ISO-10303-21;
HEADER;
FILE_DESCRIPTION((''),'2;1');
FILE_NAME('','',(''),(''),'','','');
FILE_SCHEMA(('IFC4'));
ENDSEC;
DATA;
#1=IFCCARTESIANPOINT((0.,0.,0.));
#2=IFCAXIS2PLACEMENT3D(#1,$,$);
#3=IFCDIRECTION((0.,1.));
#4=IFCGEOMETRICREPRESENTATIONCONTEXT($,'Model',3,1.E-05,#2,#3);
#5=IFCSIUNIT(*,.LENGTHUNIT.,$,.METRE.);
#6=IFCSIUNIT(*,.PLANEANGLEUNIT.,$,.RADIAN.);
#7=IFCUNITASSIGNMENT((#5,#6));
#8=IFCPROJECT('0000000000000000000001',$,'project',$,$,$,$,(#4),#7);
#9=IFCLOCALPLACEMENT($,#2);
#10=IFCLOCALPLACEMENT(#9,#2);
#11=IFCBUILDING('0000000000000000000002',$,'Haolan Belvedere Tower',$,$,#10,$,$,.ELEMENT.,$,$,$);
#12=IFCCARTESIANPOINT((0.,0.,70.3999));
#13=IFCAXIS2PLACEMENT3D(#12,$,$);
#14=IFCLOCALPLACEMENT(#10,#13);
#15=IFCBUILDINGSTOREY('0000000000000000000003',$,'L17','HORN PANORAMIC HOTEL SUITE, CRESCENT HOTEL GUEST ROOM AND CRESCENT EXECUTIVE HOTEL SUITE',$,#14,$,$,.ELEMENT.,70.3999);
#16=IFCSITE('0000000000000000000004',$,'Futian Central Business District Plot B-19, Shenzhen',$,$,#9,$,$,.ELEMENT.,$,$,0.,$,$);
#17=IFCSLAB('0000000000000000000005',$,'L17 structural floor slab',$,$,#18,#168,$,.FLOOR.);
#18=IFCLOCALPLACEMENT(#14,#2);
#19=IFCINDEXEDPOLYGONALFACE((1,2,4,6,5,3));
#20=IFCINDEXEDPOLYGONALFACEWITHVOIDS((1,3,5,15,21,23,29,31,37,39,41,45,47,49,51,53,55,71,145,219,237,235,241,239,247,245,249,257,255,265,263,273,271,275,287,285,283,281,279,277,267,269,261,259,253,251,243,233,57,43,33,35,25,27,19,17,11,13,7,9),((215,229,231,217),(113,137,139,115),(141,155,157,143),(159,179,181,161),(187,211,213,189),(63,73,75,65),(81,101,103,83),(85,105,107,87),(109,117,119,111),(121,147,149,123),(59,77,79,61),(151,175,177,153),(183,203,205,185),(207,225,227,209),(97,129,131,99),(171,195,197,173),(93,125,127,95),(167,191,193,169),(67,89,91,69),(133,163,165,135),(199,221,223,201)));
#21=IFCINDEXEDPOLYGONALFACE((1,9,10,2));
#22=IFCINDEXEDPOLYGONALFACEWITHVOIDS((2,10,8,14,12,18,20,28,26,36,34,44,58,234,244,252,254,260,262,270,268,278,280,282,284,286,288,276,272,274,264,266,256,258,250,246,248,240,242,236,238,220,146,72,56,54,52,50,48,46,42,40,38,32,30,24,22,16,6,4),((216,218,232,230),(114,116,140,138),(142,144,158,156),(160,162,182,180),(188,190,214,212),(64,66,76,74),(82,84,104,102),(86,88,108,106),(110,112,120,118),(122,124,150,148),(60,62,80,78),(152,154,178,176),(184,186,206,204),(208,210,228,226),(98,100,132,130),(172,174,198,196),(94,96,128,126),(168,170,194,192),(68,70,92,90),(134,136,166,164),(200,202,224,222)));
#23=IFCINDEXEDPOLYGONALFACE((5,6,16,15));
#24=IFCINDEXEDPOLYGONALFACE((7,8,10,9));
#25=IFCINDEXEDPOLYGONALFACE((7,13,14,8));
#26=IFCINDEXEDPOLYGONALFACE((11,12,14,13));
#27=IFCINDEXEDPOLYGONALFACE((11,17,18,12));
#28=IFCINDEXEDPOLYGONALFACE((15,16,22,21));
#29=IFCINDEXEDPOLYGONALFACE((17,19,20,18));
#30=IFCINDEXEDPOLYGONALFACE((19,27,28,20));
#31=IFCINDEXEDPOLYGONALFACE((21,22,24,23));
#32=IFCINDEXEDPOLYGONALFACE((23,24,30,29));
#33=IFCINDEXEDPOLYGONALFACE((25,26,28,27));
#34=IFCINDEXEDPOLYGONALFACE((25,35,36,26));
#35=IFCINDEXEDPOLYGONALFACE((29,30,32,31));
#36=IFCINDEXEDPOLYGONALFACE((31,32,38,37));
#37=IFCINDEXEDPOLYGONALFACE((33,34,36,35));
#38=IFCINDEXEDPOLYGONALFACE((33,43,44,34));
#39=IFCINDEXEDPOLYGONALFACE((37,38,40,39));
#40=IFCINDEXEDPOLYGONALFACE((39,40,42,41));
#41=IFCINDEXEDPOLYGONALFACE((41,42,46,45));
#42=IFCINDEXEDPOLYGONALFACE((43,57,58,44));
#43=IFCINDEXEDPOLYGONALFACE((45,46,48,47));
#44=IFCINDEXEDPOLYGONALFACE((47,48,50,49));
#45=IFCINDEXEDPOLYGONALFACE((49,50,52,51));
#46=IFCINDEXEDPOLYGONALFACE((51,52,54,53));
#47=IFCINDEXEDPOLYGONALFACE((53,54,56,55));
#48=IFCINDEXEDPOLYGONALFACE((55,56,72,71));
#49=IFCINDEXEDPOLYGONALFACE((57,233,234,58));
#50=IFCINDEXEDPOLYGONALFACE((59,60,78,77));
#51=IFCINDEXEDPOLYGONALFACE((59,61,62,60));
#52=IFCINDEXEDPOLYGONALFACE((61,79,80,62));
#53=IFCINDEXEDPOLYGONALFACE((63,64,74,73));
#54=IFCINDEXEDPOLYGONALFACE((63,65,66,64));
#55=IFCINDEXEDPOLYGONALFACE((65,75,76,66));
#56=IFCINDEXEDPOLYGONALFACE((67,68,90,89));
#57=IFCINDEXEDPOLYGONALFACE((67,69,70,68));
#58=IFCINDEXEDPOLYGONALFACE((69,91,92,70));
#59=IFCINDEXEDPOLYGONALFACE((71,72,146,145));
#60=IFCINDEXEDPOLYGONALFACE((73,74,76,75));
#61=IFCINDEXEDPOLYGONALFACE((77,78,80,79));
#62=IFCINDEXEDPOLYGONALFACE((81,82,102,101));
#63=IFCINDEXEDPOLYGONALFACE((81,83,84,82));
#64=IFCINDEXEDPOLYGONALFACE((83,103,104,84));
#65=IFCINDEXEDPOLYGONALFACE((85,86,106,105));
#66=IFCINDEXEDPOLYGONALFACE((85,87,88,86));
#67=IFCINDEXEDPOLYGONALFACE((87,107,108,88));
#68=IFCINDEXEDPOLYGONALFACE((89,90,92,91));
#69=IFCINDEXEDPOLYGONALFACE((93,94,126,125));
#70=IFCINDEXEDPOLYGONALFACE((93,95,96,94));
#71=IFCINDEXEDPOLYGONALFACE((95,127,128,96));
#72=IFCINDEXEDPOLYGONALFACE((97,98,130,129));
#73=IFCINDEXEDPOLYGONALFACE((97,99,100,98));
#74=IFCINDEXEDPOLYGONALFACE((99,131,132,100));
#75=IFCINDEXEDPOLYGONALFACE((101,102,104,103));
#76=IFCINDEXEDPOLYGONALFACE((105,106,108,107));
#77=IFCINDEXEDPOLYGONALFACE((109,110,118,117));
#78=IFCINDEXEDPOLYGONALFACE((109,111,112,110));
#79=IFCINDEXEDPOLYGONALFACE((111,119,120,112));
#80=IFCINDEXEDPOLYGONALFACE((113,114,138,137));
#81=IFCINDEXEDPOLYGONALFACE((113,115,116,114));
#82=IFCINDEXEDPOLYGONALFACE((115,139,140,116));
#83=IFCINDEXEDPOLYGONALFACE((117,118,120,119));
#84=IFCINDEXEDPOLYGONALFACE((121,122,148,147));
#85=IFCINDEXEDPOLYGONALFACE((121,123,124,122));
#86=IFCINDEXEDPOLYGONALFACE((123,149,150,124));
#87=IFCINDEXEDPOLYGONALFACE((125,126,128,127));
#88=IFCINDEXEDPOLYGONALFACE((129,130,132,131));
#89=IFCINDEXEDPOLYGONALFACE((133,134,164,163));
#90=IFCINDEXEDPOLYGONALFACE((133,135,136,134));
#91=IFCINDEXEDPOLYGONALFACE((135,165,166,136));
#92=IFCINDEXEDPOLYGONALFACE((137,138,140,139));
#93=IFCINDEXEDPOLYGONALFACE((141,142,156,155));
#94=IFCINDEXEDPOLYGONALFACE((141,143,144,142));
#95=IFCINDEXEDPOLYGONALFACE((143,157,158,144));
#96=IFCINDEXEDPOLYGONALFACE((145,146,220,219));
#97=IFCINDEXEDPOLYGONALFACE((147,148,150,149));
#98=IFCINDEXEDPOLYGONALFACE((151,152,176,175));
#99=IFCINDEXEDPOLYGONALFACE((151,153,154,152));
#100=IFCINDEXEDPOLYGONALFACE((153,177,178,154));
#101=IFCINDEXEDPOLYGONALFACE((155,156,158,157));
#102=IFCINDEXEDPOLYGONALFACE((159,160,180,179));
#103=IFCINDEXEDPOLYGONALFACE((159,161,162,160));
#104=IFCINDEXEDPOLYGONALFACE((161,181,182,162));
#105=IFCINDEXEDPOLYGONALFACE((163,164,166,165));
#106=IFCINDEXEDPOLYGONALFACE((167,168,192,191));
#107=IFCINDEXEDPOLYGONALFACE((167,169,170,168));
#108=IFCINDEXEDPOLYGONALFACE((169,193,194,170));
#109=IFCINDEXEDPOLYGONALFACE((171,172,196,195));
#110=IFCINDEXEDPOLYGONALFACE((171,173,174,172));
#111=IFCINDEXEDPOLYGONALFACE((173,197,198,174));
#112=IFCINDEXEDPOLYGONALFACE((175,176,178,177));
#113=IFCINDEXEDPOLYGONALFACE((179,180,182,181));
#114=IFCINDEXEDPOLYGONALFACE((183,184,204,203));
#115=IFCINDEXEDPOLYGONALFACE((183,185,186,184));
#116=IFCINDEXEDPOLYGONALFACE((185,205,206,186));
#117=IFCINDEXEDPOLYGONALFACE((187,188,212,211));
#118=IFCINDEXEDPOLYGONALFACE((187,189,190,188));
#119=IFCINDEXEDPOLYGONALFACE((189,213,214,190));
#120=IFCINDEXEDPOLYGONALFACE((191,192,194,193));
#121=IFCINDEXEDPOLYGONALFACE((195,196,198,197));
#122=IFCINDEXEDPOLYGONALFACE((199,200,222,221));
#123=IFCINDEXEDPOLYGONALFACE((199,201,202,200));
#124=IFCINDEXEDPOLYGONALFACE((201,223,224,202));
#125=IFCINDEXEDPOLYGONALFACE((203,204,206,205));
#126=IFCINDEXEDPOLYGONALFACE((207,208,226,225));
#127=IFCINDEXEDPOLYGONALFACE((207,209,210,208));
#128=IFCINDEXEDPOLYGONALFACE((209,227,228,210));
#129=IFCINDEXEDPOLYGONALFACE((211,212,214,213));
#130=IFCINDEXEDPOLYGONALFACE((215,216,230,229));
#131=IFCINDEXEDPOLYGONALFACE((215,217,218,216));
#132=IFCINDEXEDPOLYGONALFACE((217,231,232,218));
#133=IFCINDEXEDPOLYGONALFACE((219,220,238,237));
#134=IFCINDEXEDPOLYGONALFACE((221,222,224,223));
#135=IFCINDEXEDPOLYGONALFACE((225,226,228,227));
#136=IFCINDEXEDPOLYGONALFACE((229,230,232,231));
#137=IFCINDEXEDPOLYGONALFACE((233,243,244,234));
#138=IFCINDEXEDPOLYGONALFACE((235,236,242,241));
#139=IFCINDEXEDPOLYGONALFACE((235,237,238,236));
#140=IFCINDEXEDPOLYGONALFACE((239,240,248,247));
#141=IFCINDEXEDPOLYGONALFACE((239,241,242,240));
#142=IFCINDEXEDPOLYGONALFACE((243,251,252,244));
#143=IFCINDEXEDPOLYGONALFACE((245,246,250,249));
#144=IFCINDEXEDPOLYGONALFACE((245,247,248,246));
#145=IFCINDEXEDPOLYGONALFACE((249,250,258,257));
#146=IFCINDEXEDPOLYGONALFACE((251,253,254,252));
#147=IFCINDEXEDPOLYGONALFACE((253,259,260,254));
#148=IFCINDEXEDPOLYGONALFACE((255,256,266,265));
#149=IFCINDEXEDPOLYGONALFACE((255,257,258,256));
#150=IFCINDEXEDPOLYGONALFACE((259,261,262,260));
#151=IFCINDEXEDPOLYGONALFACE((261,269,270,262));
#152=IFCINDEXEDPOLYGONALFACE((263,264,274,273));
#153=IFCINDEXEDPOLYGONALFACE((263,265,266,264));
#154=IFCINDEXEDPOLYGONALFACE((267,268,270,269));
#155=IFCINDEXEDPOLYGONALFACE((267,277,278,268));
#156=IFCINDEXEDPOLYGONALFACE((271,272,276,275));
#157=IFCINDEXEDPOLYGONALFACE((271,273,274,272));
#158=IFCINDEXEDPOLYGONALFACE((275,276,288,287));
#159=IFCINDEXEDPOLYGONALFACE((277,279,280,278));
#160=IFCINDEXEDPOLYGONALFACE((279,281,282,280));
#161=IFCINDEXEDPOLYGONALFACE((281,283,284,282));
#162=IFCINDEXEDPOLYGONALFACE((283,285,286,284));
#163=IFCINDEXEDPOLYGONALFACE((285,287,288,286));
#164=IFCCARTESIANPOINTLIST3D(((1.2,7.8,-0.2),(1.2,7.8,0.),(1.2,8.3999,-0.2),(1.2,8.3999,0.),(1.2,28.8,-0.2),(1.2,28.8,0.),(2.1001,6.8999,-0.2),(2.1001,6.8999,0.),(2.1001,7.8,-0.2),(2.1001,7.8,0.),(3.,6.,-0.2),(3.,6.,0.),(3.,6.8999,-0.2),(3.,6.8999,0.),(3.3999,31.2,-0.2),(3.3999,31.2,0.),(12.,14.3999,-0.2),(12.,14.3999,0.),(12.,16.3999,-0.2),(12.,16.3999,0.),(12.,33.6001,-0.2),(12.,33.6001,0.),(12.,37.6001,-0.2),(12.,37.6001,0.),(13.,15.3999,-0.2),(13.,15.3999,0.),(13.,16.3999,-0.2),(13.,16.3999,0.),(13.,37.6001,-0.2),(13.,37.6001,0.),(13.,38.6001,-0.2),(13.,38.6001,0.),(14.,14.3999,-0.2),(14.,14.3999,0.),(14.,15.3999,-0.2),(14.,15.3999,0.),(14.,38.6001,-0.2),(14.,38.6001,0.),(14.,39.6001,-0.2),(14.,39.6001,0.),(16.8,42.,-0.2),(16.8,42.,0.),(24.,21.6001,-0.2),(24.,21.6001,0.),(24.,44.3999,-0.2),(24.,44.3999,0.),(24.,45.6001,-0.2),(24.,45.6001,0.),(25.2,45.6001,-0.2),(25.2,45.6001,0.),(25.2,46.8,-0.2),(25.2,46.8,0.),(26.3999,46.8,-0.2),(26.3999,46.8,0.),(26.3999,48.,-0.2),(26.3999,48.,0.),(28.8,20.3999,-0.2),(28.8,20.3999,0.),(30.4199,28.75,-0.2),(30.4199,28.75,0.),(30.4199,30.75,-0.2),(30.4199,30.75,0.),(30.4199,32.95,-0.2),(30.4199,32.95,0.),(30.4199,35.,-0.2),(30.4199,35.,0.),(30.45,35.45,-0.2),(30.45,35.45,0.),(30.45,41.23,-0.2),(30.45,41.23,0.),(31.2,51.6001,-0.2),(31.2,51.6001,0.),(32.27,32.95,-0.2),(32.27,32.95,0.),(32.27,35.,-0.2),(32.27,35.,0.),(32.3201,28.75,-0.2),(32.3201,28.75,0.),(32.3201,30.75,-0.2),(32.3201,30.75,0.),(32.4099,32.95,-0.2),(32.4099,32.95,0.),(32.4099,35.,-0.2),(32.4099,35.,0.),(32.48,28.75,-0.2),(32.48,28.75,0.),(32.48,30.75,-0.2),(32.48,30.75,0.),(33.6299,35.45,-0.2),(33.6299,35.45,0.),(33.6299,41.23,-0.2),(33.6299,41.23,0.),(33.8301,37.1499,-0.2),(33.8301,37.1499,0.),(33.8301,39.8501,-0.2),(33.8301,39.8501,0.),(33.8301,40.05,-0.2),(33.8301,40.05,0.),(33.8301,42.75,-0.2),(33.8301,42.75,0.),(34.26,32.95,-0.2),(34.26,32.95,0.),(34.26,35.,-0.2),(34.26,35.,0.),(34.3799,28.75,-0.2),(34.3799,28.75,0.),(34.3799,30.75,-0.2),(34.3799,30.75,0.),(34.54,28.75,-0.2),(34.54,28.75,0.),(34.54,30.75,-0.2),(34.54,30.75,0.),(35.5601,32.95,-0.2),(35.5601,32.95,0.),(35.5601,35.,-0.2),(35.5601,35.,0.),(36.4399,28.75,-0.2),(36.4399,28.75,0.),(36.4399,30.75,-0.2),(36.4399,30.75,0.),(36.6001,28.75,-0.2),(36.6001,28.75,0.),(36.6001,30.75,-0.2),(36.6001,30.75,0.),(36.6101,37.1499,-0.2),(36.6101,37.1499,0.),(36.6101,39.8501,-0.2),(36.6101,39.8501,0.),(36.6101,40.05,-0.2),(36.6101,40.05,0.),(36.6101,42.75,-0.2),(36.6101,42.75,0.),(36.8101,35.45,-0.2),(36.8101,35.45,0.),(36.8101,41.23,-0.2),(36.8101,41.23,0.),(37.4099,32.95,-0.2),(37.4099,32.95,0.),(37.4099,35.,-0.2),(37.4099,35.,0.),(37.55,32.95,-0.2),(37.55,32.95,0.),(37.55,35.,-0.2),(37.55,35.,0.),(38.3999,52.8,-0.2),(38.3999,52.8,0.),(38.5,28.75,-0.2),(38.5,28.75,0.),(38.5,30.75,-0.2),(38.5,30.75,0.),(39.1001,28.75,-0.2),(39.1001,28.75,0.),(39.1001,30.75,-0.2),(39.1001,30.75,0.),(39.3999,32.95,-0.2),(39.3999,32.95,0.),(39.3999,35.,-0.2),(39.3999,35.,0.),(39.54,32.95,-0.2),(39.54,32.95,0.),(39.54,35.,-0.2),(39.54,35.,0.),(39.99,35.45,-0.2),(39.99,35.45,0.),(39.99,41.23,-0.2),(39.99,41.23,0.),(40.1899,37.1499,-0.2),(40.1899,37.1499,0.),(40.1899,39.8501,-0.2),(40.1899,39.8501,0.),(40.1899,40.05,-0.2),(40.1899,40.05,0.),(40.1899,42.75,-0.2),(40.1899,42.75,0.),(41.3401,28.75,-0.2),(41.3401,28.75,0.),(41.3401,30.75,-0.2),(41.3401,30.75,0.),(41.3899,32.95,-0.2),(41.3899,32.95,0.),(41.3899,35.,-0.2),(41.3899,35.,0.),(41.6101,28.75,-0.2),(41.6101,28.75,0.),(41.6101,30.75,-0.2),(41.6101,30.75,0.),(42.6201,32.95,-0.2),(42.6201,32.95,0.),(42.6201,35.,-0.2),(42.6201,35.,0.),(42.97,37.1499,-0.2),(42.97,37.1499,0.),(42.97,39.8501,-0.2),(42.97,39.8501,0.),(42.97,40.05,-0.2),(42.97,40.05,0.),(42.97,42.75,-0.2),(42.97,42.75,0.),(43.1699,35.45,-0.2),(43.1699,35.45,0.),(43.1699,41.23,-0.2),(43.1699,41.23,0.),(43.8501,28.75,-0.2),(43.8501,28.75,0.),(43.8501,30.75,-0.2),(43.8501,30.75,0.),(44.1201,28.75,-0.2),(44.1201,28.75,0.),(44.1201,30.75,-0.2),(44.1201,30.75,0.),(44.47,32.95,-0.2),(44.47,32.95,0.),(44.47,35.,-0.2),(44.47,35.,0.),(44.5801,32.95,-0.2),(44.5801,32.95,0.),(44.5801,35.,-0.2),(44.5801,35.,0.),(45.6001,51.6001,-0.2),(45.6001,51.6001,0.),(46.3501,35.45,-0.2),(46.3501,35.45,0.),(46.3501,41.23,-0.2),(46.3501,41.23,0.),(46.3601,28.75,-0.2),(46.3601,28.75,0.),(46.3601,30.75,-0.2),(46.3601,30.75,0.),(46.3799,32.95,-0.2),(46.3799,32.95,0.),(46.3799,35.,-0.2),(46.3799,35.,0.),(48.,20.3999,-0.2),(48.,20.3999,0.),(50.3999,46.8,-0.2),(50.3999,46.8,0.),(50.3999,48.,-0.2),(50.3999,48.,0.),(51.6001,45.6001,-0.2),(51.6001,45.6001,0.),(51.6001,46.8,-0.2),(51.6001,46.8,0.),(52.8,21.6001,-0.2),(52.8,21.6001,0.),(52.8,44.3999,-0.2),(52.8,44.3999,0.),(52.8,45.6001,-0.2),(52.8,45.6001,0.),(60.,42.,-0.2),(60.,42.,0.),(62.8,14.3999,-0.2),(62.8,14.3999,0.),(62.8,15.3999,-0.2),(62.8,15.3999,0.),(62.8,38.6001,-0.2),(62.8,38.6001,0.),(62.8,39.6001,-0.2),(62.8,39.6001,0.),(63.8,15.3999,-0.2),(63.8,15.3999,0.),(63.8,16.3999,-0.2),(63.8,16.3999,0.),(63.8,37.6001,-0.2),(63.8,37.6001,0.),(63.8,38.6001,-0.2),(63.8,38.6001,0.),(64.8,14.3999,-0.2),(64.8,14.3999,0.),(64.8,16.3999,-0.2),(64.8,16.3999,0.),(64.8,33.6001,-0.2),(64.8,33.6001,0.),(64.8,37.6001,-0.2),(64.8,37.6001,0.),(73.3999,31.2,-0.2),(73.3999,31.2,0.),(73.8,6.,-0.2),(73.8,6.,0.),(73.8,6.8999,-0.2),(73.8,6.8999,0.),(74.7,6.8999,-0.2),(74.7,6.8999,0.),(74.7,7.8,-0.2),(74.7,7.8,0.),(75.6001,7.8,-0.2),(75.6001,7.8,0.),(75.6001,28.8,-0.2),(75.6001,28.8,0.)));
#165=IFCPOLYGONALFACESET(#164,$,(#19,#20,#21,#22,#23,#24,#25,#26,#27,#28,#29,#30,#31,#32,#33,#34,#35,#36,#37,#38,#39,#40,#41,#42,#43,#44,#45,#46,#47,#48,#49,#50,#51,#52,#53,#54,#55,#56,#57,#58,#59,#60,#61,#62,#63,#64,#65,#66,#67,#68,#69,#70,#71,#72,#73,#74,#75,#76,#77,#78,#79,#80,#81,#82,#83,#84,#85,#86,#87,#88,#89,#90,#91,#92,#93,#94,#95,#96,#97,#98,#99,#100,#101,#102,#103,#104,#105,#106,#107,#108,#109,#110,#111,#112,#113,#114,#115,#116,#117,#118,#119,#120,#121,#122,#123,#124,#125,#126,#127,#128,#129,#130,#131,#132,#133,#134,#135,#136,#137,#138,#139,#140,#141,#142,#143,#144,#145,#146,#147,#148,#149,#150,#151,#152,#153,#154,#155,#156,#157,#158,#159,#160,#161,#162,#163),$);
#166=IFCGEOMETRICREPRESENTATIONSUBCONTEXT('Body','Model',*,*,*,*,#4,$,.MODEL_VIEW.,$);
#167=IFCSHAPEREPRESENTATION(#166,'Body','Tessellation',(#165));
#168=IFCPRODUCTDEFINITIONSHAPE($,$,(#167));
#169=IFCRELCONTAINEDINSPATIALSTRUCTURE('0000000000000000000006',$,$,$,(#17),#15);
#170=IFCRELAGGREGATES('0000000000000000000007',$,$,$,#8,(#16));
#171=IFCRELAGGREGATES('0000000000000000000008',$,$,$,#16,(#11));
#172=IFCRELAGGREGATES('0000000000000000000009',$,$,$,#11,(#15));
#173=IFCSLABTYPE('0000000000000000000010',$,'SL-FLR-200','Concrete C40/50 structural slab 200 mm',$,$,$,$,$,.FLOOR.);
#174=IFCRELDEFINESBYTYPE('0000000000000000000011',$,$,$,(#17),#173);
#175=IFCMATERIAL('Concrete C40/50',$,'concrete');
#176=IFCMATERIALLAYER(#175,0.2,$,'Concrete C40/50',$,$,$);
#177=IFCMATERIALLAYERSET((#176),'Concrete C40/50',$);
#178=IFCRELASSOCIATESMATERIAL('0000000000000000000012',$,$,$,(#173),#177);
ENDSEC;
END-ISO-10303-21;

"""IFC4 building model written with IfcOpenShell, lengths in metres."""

from ifc_helpers import new_model, si_unit, direction, frame, origin, place, context, subcontext, project, spatial, polyline, outline, extrude, material, layer, layer_set, type_object, element, save


model = new_model("IFC4")

# Units and contexts
model_context = context("Model", 3, precision=1e-05, world=origin(), true_north=direction((0.0, 1.0)))
body_context = subcontext(model_context, "Body", "Model", "MODEL_VIEW")
ifc_project = project(units=[si_unit("LENGTHUNIT", "METRE"), si_unit("PLANEANGLEUNIT", "RADIAN")], contexts=[model_context])

# Site, building, storey
site_placement = place(None, origin())
site = spatial("IfcSite", under=ifc_project, at=site_placement, Name="Futian Central Business District Plot B-19, Shenzhen", CompositionType="ELEMENT", RefElevation=0.0)
building_placement = place(site_placement, origin())
building = spatial("IfcBuilding", under=site, at=building_placement, Name="Haolan Belvedere Tower", CompositionType="ELEMENT")
storey_placement = place(building_placement, frame((0.0, 0.0, 70.3999)))
storey = spatial("IfcBuildingStorey", under=building, at=storey_placement, Name="L17", Description="HORN PANORAMIC HOTEL SUITE, CRESCENT HOTEL GUEST ROOM AND CRESCENT EXECUTIVE HOTEL SUITE", CompositionType="ELEMENT", Elevation=70.3999)

# Slab
ifc_material_1 = material(Name="Concrete C40/50", Category="concrete")
ifc_layer_1 = layer(ifc_material_1, 0.2, Name="Concrete C40/50")
ifc_layer_set_1 = layer_set([ifc_layer_1], Name="Concrete C40/50")
slab_type_1 = type_object("IfcSlabType", Name="SL-FLR-200", Description="Concrete C40/50 structural slab 200 mm", PredefinedType="FLOOR", material=ifc_layer_set_1)
slab_1_placement = place(storey_placement, frame((0.0, 0.0, -0.2)))
element("IfcSlab", 1, at=slab_1_placement, inside=storey, type_object=slab_type_1, Name="L17 structural floor slab", PredefinedType="FLOOR", context=body_context, shape_type="SweptSolid", body=[
    extrude(outline(polyline([(1.2, 28.8), (1.2, 8.3999), (1.2, 7.8), (2.1001, 7.8), (2.1001, 6.8999), (3.0, 6.8999), (3.0, 6.0), (12.0, 14.3999), (12.0, 16.3999), (13.0, 16.3999), (13.0, 15.3999), (14.0, 15.3999), (14.0, 14.3999), (24.0, 21.6001), (28.8, 20.3999), (48.0, 20.3999), (52.8, 21.6001), (62.8, 14.3999), (62.8, 15.3999), (63.8, 15.3999), (63.8, 16.3999), (64.8, 16.3999), (64.8, 14.3999), (73.8, 6.0), (73.8, 6.8999), (74.7, 6.8999), (74.7, 7.8), (75.6001, 7.8), (75.6001, 28.8), (73.3999, 31.2), (64.8, 33.6001), (64.8, 37.6001), (63.8, 37.6001), (63.8, 38.6001), (62.8, 38.6001), (62.8, 39.6001), (60.0, 42.0), (52.8, 44.3999), (52.8, 45.6001), (51.6001, 45.6001), (51.6001, 46.8), (50.3999, 46.8), (50.3999, 48.0), (45.6001, 51.6001), (38.3999, 52.8), (31.2, 51.6001), (26.3999, 48.0), (26.3999, 46.8), (25.2, 46.8), (25.2, 45.6001), (24.0, 45.6001), (24.0, 44.3999), (16.8, 42.0), (14.0, 39.6001), (14.0, 38.6001), (13.0, 38.6001), (13.0, 37.6001), (12.0, 37.6001), (12.0, 33.6001), (3.3999, 31.2), (1.2, 28.8)]), holes=[polyline([(30.45, 41.23), (30.45, 35.45), (33.6299, 35.45), (33.6299, 41.23), (30.45, 41.23)]), polyline([(36.8101, 41.23), (36.8101, 35.45), (39.99, 35.45), (39.99, 41.23), (36.8101, 41.23)]), polyline([(43.1699, 41.23), (43.1699, 35.45), (46.3501, 35.45), (46.3501, 41.23), (43.1699, 41.23)]), polyline([(33.8301, 40.05), (36.6101, 40.05), (36.6101, 42.75), (33.8301, 42.75), (33.8301, 40.05)]), polyline([(33.8301, 37.1499), (36.6101, 37.1499), (36.6101, 39.8501), (33.8301, 39.8501), (33.8301, 37.1499)]), polyline([(40.1899, 40.05), (42.97, 40.05), (42.97, 42.75), (40.1899, 42.75), (40.1899, 40.05)]), polyline([(40.1899, 37.1499), (42.97, 37.1499), (42.97, 39.8501), (40.1899, 39.8501), (40.1899, 37.1499)]), polyline([(30.4199, 32.95), (32.27, 32.95), (32.27, 35.0), (30.4199, 35.0), (30.4199, 32.95)]), polyline([(32.4099, 32.95), (34.26, 32.95), (34.26, 35.0), (32.4099, 35.0), (32.4099, 32.95)]), polyline([(35.5601, 32.95), (37.4099, 32.95), (37.4099, 35.0), (35.5601, 35.0), (35.5601, 32.95)]), polyline([(37.55, 32.95), (39.3999, 32.95), (39.3999, 35.0), (37.55, 35.0), (37.55, 32.95)]), polyline([(39.54, 32.95), (41.3899, 32.95), (41.3899, 35.0), (39.54, 35.0), (39.54, 32.95)]), polyline([(42.6201, 32.95), (44.47, 32.95), (44.47, 35.0), (42.6201, 35.0), (42.6201, 32.95)]), polyline([(44.5801, 32.95), (46.3799, 32.95), (46.3799, 35.0), (44.5801, 35.0), (44.5801, 32.95)]), polyline([(30.4199, 28.75), (32.3201, 28.75), (32.3201, 30.75), (30.4199, 30.75), (30.4199, 28.75)]), polyline([(32.48, 28.75), (34.3799, 28.75), (34.3799, 30.75), (32.48, 30.75), (32.48, 28.75)]), polyline([(34.54, 28.75), (36.4399, 28.75), (36.4399, 30.75), (34.54, 30.75), (34.54, 28.75)]), polyline([(36.6001, 28.75), (38.5, 28.75), (38.5, 30.75), (36.6001, 30.75), (36.6001, 28.75)]), polyline([(39.1001, 28.75), (41.3401, 28.75), (41.3401, 30.75), (39.1001, 30.75), (39.1001, 28.75)]), polyline([(41.6101, 28.75), (43.8501, 28.75), (43.8501, 30.75), (41.6101, 30.75), (41.6101, 28.75)]), polyline([(44.1201, 28.75), (46.3601, 28.75), (46.3601, 30.75), (44.1201, 30.75), (44.1201, 28.75)])]), origin(), (0.0, 0.0, 1.0), 0.2),
])

save(model, "model.ifc")
